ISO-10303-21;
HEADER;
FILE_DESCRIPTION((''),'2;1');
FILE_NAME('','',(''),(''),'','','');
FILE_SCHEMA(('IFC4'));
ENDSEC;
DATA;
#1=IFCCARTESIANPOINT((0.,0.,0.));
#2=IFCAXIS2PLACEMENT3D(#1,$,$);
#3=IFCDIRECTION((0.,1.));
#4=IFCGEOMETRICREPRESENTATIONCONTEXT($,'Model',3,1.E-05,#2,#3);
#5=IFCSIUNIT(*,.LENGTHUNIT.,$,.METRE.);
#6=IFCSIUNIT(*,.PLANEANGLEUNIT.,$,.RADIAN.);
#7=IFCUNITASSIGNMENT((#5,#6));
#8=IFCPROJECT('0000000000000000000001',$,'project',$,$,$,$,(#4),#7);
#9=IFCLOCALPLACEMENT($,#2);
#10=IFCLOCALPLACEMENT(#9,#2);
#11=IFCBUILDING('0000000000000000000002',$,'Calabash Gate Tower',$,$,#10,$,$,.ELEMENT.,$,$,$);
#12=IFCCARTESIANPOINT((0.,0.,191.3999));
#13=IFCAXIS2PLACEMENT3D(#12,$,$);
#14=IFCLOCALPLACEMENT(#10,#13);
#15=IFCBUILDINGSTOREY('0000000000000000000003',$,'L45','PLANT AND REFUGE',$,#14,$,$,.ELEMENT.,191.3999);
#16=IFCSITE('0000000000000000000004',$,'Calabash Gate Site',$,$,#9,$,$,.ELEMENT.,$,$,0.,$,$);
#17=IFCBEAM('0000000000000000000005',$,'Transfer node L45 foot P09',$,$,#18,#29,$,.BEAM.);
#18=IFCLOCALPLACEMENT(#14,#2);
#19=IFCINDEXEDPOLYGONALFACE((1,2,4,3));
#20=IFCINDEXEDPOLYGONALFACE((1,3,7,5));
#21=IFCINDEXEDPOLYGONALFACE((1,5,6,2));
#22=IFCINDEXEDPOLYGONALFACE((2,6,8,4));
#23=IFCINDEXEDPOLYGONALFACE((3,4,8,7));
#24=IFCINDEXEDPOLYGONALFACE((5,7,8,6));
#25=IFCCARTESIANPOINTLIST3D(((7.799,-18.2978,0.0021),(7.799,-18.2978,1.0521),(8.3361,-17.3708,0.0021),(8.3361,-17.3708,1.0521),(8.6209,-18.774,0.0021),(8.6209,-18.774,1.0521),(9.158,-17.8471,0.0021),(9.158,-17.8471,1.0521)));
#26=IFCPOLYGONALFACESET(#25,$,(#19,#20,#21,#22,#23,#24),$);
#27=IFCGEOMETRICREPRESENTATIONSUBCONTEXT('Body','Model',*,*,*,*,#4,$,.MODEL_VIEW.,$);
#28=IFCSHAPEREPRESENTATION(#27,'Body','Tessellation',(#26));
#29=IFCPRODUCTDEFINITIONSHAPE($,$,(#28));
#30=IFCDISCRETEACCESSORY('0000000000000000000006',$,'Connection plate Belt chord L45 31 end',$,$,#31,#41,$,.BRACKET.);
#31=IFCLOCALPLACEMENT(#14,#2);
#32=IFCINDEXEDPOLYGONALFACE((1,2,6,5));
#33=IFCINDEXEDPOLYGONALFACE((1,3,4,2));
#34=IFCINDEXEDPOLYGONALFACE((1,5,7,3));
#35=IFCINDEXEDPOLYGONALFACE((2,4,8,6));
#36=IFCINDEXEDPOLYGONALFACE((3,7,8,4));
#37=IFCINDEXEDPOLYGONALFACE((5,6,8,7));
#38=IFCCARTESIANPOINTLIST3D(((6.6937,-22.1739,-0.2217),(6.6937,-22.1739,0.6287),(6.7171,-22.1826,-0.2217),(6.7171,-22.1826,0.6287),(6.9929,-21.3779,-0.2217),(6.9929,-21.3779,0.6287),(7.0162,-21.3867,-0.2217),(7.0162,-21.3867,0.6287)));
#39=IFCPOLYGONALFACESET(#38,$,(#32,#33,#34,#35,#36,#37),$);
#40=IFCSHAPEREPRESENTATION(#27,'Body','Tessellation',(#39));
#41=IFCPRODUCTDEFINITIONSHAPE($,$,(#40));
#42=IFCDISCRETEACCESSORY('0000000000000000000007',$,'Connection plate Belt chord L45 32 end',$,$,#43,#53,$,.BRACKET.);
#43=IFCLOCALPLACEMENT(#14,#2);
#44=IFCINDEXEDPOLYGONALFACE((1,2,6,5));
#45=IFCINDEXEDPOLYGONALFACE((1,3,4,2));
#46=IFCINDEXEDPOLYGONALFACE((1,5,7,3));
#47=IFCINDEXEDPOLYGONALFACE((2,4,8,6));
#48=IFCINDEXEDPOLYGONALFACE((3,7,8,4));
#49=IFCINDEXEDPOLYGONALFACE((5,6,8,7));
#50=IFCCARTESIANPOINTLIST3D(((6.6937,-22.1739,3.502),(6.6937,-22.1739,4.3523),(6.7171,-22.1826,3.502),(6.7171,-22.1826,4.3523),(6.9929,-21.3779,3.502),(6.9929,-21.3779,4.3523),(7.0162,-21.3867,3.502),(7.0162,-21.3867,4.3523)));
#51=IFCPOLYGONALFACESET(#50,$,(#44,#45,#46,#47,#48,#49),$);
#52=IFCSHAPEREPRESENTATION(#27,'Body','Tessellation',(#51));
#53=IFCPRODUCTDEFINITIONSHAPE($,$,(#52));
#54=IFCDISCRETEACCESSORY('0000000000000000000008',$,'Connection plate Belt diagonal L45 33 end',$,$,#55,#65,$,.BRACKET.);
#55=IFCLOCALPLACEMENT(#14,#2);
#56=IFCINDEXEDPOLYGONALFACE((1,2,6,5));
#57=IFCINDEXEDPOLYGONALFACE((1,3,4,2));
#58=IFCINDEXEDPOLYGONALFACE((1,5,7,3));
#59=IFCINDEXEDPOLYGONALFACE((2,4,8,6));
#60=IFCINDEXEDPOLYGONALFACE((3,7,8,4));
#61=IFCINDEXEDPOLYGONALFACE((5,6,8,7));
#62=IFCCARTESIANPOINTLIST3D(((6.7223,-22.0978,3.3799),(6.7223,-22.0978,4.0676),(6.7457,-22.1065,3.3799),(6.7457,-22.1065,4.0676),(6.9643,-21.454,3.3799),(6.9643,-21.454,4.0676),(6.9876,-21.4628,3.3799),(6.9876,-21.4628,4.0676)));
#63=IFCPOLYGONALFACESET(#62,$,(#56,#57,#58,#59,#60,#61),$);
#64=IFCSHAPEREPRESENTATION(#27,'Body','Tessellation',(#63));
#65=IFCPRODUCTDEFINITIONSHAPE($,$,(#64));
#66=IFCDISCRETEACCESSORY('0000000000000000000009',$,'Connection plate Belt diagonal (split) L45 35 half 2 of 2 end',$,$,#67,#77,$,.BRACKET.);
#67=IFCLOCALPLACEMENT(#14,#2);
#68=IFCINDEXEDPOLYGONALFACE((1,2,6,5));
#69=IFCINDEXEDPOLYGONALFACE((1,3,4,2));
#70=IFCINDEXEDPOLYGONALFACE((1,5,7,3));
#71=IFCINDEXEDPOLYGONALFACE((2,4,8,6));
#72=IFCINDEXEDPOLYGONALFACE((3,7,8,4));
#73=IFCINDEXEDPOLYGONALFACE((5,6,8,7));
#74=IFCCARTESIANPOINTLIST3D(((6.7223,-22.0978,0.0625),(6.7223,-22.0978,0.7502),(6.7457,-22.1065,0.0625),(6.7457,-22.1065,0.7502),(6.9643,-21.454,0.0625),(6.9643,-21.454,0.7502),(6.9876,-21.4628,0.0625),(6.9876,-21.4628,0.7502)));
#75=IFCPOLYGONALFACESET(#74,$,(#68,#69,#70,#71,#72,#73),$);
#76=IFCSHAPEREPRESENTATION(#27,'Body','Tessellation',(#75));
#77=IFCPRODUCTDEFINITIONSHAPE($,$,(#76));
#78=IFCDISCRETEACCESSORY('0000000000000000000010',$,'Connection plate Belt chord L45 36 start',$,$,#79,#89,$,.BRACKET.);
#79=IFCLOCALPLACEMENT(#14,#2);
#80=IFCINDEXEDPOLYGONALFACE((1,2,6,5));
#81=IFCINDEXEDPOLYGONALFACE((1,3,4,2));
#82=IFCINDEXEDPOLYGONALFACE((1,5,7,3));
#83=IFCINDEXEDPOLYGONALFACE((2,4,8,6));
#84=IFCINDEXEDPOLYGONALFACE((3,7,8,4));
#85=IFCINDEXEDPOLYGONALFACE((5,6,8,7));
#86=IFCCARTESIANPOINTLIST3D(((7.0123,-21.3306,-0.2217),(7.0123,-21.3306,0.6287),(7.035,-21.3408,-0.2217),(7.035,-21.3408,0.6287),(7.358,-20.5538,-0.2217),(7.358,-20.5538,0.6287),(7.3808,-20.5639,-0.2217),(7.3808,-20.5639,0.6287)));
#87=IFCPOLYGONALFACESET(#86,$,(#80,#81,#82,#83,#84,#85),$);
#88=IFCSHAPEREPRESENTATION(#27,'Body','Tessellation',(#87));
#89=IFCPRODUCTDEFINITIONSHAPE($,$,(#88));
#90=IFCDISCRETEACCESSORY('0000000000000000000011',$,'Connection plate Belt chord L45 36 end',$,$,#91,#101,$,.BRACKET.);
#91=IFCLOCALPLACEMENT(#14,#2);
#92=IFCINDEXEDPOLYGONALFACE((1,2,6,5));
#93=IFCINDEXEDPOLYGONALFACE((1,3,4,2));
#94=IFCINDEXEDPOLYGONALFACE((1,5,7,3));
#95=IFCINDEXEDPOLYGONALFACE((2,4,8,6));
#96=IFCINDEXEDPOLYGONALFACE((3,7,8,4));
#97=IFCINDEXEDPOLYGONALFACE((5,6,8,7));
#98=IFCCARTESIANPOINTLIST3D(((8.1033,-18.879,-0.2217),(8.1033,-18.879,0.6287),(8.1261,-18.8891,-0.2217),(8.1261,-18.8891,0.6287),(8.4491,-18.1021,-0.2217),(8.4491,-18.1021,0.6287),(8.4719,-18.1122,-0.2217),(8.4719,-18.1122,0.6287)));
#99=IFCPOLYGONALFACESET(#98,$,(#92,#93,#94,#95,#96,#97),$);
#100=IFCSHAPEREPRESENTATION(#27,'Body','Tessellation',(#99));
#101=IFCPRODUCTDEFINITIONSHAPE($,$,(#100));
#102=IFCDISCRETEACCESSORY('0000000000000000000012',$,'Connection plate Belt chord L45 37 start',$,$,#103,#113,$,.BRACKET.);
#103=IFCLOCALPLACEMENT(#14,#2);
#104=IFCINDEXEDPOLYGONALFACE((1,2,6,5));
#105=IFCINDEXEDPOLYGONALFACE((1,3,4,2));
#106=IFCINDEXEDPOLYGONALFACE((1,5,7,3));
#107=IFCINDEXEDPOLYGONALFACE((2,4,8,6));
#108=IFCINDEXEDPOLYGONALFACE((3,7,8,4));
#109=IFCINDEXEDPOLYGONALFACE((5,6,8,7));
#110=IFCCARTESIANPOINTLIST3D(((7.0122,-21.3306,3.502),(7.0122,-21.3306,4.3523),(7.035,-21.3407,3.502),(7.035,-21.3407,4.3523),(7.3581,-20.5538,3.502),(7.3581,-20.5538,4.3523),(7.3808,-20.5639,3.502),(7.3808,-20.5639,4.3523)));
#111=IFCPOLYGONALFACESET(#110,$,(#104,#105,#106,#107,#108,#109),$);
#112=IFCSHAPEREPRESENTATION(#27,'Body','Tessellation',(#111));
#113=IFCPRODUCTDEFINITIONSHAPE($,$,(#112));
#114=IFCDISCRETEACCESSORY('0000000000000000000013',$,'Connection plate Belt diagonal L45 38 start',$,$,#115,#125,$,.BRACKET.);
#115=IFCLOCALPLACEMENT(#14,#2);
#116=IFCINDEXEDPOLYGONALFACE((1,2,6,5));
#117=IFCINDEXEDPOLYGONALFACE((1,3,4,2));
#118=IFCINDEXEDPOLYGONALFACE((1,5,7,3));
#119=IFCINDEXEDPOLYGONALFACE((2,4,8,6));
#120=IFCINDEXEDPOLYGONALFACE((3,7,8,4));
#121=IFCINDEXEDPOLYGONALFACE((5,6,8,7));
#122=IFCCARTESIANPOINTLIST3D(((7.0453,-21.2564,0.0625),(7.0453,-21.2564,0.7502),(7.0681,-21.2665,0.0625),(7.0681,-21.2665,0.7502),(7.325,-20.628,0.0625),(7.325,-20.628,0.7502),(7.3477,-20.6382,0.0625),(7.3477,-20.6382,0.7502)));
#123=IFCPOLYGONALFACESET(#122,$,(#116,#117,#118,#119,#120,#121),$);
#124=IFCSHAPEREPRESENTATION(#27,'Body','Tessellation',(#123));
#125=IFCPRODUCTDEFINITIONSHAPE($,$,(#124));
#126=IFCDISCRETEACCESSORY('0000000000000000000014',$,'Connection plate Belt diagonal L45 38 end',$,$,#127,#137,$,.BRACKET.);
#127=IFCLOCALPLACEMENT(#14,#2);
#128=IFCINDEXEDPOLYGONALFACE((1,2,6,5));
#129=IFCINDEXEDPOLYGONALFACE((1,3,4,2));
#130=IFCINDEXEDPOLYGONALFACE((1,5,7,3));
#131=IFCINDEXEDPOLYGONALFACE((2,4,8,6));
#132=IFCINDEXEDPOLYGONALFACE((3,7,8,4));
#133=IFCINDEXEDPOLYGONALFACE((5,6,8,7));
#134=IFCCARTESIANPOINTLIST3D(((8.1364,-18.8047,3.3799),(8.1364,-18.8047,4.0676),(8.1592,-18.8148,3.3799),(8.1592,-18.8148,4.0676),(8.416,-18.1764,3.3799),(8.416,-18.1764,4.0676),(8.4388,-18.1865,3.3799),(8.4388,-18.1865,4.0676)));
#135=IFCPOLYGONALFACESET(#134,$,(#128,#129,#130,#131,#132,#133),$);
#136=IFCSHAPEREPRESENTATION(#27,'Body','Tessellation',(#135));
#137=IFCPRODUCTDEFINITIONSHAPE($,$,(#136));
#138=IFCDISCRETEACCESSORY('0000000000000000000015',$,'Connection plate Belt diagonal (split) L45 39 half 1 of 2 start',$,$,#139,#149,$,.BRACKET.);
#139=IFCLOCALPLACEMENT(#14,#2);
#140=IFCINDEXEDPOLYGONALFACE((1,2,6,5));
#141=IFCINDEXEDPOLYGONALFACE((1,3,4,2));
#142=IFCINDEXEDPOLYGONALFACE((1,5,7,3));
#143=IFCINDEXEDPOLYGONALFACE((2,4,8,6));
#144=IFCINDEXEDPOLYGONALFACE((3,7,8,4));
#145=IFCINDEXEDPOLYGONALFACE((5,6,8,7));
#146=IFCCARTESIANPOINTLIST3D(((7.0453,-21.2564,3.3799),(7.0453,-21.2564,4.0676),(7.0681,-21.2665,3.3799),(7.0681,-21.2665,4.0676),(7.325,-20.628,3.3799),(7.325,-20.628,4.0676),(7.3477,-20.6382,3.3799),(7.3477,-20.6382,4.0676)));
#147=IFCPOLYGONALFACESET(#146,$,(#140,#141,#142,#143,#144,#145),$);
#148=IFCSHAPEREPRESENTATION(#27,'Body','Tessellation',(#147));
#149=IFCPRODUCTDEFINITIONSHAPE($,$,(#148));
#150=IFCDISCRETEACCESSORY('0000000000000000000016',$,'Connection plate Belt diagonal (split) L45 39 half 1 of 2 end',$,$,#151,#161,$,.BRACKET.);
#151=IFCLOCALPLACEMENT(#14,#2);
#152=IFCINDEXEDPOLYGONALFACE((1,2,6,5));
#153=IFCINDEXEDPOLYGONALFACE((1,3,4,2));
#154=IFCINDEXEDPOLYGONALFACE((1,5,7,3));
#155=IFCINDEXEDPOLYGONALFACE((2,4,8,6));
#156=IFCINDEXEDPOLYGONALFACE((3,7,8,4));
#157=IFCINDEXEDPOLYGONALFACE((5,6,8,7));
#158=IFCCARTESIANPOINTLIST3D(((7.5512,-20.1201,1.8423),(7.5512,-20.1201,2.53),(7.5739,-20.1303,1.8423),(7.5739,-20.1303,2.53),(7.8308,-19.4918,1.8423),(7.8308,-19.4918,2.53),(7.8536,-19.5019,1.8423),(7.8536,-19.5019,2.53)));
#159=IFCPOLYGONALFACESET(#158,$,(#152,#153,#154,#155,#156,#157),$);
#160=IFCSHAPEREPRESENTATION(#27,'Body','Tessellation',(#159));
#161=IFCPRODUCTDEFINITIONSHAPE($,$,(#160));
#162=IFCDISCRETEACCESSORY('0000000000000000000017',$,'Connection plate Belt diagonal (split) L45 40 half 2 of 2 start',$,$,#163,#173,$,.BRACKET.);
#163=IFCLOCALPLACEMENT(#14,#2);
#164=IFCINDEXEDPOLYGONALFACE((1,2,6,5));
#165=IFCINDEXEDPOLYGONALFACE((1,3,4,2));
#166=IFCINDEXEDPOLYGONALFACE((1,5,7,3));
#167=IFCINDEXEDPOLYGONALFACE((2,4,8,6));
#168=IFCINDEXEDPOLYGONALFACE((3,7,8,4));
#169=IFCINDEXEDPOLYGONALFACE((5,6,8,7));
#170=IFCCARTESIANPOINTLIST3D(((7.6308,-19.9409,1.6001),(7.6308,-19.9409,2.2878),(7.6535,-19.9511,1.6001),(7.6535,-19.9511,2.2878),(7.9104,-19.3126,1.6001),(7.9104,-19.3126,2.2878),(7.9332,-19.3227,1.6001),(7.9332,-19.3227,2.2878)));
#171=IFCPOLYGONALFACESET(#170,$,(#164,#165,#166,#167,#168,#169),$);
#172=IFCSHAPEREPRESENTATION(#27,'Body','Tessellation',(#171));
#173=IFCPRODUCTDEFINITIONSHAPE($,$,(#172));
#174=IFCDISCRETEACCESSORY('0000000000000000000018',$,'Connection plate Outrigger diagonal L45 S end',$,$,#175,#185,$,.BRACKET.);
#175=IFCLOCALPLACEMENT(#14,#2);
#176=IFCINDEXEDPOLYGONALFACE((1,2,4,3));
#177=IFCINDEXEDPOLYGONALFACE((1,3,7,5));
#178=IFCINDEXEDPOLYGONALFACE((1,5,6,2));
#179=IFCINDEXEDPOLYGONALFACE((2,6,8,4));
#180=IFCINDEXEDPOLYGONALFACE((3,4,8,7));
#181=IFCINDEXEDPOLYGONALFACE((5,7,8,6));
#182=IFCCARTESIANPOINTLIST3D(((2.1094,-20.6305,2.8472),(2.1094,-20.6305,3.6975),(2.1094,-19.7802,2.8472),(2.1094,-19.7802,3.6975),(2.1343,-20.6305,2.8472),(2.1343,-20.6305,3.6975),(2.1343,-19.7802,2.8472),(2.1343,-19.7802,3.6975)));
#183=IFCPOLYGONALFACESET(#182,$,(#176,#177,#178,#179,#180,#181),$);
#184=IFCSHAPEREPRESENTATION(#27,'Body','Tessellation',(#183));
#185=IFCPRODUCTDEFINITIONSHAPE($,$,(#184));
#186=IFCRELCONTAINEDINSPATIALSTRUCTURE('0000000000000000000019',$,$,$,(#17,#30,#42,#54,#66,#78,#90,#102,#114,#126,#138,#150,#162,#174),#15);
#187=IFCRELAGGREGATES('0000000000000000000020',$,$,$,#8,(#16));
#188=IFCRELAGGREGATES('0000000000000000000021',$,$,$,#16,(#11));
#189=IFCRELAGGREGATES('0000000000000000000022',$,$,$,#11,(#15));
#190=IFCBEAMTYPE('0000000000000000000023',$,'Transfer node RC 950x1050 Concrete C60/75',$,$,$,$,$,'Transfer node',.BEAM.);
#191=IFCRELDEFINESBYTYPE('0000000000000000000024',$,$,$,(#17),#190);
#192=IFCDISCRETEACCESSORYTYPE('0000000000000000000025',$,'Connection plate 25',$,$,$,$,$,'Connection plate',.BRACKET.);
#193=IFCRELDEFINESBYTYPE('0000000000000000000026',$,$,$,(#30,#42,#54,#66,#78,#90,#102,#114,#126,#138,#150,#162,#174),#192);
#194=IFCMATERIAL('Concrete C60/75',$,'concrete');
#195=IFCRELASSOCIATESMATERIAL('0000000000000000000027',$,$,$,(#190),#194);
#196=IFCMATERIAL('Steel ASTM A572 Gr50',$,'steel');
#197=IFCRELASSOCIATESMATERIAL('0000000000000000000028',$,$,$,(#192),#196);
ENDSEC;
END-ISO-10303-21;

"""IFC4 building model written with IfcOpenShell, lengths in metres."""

from ifc_helpers import new_model, si_unit, direction, frame, origin, origin_2d, place, context, subcontext, project, spatial, rectangle, extrude, material, material_profile, profile_set, type_object, element, save


model = new_model("IFC4")

# Units and contexts
model_context = context("Model", 3, precision=1e-05, world=origin(), true_north=direction((0.0, 1.0)))
body_context = subcontext(model_context, "Body", "Model", "MODEL_VIEW")
ifc_project = project(units=[si_unit("LENGTHUNIT", "METRE"), si_unit("PLANEANGLEUNIT", "RADIAN")], contexts=[model_context])

# Site, building, storey
site_placement = place(None, origin())
site = spatial("IfcSite", under=ifc_project, at=site_placement, Name="Calabash Gate Site", CompositionType="ELEMENT", RefElevation=0.0)
building_placement = place(site_placement, origin())
building = spatial("IfcBuilding", under=site, at=building_placement, Name="Calabash Gate Tower", CompositionType="ELEMENT")
storey_placement = place(building_placement, frame((0.0, 0.0, 191.3999)))
storey = spatial("IfcBuildingStorey", under=building, at=storey_placement, Name="L45", Description="PLANT AND REFUGE", CompositionType="ELEMENT", Elevation=191.3999)

# Beam
ifc_material_1 = material(Name="Concrete C60/75", Category="concrete")
ifc_material_profile_1 = material_profile(ifc_material_1, rectangle(XDim=0.95, YDim=1.05, at=origin_2d()))
ifc_profile_set_1 = profile_set([ifc_material_profile_1], Name="Concrete C60/75")
beam_type_1 = type_object("IfcBeamType", Name="Transfer node RC 950x1050 Concrete C60/75", ElementType="Transfer node", PredefinedType="BEAM", material=ifc_profile_set_1)
beam_1_placement = place(storey_placement, frame((8.21, -18.5359, 0.5271), z_axis=(0.501333, 0.865255, 0.0), x_axis=(-0.865255, 0.501333, 0.0)))
element("IfcBeam", 1, at=beam_1_placement, inside=storey, type_object=beam_type_1, Name="Transfer node L45 foot P09", PredefinedType="BEAM", context=body_context, shape_type="SweptSolid", body=[
    extrude(rectangle(XDim=0.95, YDim=1.05, at=origin_2d()), origin(), (0.0, 0.0, 1.0), 1.0713),
])

# Discrete accessories
ifc_material_2 = material(Name="Steel ASTM A572 Gr50", Category="steel")
discrete_accessory_type = type_object("IfcDiscreteAccessoryType", Name="Connection plate 25", ElementType="Connection plate", PredefinedType="BRACKET", material=ifc_material_2)
for number, where, z_axis, x_axis, name in (
    (2, (6.855, -21.7803, -0.2217), (0.0, 0.0, 1.0), (0.351822, 0.936067, 0.0), "Connection plate Belt chord L45 31 end"),
    (3, (6.855, -21.7803, 3.502), (0.0, 0.0, 1.0), (0.351822, 0.936067, 0.0), "Connection plate Belt chord L45 32 end"),
):
    element("IfcDiscreteAccessory", number, at=place(storey_placement, frame(where, z_axis=z_axis, x_axis=x_axis)), inside=storey, type_object=discrete_accessory_type, Name=name, PredefinedType="BRACKET", context=body_context, shape_type="SweptSolid", body=[
        extrude(rectangle(XDim=0.8503, YDim=0.0249, at=origin_2d()), origin(), (0.0, 0.0, 1.0), 0.8503),
    ])
for number, where, z_axis, x_axis, name in (
    (4, (6.855, -21.7803, 3.3799), (0.0, 0.0, 1.0), (0.351822, 0.936067, 0.0), "Connection plate Belt diagonal L45 33 end"),
    (5, (6.855, -21.7803, 0.0625), (0.0, 0.0, 1.0), (0.351823, 0.936067, 0.0), "Connection plate Belt diagonal (split) L45 35 half 2 of 2 end"),
):
    element("IfcDiscreteAccessory", number, at=place(storey_placement, frame(where, z_axis=z_axis, x_axis=x_axis)), inside=storey, type_object=discrete_accessory_type, Name=name, PredefinedType="BRACKET", context=body_context, shape_type="SweptSolid", body=[
        extrude(rectangle(XDim=0.6877, YDim=0.0249, at=origin_2d()), origin(), (0.0, 0.0, 1.0), 0.6877),
    ])
for number, where, z_axis, x_axis, name in (
    (6, (7.1965, -20.9473, -0.2217), (0.0, 0.0, 1.0), (0.406612, 0.913601, 0.0), "Connection plate Belt chord L45 36 start"),
    (7, (8.2876, -18.4956, -0.2217), (0.0, 0.0, 1.0), (0.406612, 0.913601, 0.0), "Connection plate Belt chord L45 36 end"),
    (8, (7.1965, -20.9473, 3.502), (0.0, 0.0, 1.0), (0.406722, 0.913552, 0.0), "Connection plate Belt chord L45 37 start"),
):
    element("IfcDiscreteAccessory", number, at=place(storey_placement, frame(where, z_axis=z_axis, x_axis=x_axis)), inside=storey, type_object=discrete_accessory_type, Name=name, PredefinedType="BRACKET", context=body_context, shape_type="SweptSolid", body=[
        extrude(rectangle(XDim=0.8503, YDim=0.0249, at=origin_2d()), origin(), (0.0, 0.0, 1.0), 0.8503),
    ])
for number, where, z_axis, x_axis, name in (
    (9, (7.1965, -20.9473, 0.0625), (0.0, 0.0, 1.0), (0.406612, 0.913601, 0.0), "Connection plate Belt diagonal L45 38 start"),
    (10, (8.2876, -18.4956, 3.3799), (0.0, 0.0, 1.0), (0.406612, 0.913601, 0.0), "Connection plate Belt diagonal L45 38 end"),
    (11, (7.1965, -20.9473, 3.3799), (0.0, 0.0, 1.0), (0.406612, 0.913601, 0.0), "Connection plate Belt diagonal (split) L45 39 half 1 of 2 start"),
    (12, (7.7024, -19.811, 1.8423), (0.0, 0.0, 1.0), (0.406612, 0.913601, 0.0), "Connection plate Belt diagonal (split) L45 39 half 1 of 2 end"),
    (13, (7.782, -19.6318, 1.6001), (0.0, 0.0, 1.0), (0.406612, 0.913601, 0.0), "Connection plate Belt diagonal (split) L45 40 half 2 of 2 start"),
):
    element("IfcDiscreteAccessory", number, at=place(storey_placement, frame(where, z_axis=z_axis, x_axis=x_axis)), inside=storey, type_object=discrete_accessory_type, Name=name, PredefinedType="BRACKET", context=body_context, shape_type="SweptSolid", body=[
        extrude(rectangle(XDim=0.6877, YDim=0.0249, at=origin_2d()), origin(), (0.0, 0.0, 1.0), 0.6877),
    ])
discrete_accessory_placement = place(storey_placement, frame((2.1218, -20.2053, 2.8472), z_axis=(0.0, 0.0, 1.0), x_axis=(0.0, 1.0, 0.0)))
element("IfcDiscreteAccessory", 14, at=discrete_accessory_placement, inside=storey, type_object=discrete_accessory_type, Name="Connection plate Outrigger diagonal L45 S end", PredefinedType="BRACKET", context=body_context, shape_type="SweptSolid", body=[
    extrude(rectangle(XDim=0.8503, YDim=0.0249, at=origin_2d()), origin(), (0.0, 0.0, 1.0), 0.8503),
])

save(model, "model.ifc")
